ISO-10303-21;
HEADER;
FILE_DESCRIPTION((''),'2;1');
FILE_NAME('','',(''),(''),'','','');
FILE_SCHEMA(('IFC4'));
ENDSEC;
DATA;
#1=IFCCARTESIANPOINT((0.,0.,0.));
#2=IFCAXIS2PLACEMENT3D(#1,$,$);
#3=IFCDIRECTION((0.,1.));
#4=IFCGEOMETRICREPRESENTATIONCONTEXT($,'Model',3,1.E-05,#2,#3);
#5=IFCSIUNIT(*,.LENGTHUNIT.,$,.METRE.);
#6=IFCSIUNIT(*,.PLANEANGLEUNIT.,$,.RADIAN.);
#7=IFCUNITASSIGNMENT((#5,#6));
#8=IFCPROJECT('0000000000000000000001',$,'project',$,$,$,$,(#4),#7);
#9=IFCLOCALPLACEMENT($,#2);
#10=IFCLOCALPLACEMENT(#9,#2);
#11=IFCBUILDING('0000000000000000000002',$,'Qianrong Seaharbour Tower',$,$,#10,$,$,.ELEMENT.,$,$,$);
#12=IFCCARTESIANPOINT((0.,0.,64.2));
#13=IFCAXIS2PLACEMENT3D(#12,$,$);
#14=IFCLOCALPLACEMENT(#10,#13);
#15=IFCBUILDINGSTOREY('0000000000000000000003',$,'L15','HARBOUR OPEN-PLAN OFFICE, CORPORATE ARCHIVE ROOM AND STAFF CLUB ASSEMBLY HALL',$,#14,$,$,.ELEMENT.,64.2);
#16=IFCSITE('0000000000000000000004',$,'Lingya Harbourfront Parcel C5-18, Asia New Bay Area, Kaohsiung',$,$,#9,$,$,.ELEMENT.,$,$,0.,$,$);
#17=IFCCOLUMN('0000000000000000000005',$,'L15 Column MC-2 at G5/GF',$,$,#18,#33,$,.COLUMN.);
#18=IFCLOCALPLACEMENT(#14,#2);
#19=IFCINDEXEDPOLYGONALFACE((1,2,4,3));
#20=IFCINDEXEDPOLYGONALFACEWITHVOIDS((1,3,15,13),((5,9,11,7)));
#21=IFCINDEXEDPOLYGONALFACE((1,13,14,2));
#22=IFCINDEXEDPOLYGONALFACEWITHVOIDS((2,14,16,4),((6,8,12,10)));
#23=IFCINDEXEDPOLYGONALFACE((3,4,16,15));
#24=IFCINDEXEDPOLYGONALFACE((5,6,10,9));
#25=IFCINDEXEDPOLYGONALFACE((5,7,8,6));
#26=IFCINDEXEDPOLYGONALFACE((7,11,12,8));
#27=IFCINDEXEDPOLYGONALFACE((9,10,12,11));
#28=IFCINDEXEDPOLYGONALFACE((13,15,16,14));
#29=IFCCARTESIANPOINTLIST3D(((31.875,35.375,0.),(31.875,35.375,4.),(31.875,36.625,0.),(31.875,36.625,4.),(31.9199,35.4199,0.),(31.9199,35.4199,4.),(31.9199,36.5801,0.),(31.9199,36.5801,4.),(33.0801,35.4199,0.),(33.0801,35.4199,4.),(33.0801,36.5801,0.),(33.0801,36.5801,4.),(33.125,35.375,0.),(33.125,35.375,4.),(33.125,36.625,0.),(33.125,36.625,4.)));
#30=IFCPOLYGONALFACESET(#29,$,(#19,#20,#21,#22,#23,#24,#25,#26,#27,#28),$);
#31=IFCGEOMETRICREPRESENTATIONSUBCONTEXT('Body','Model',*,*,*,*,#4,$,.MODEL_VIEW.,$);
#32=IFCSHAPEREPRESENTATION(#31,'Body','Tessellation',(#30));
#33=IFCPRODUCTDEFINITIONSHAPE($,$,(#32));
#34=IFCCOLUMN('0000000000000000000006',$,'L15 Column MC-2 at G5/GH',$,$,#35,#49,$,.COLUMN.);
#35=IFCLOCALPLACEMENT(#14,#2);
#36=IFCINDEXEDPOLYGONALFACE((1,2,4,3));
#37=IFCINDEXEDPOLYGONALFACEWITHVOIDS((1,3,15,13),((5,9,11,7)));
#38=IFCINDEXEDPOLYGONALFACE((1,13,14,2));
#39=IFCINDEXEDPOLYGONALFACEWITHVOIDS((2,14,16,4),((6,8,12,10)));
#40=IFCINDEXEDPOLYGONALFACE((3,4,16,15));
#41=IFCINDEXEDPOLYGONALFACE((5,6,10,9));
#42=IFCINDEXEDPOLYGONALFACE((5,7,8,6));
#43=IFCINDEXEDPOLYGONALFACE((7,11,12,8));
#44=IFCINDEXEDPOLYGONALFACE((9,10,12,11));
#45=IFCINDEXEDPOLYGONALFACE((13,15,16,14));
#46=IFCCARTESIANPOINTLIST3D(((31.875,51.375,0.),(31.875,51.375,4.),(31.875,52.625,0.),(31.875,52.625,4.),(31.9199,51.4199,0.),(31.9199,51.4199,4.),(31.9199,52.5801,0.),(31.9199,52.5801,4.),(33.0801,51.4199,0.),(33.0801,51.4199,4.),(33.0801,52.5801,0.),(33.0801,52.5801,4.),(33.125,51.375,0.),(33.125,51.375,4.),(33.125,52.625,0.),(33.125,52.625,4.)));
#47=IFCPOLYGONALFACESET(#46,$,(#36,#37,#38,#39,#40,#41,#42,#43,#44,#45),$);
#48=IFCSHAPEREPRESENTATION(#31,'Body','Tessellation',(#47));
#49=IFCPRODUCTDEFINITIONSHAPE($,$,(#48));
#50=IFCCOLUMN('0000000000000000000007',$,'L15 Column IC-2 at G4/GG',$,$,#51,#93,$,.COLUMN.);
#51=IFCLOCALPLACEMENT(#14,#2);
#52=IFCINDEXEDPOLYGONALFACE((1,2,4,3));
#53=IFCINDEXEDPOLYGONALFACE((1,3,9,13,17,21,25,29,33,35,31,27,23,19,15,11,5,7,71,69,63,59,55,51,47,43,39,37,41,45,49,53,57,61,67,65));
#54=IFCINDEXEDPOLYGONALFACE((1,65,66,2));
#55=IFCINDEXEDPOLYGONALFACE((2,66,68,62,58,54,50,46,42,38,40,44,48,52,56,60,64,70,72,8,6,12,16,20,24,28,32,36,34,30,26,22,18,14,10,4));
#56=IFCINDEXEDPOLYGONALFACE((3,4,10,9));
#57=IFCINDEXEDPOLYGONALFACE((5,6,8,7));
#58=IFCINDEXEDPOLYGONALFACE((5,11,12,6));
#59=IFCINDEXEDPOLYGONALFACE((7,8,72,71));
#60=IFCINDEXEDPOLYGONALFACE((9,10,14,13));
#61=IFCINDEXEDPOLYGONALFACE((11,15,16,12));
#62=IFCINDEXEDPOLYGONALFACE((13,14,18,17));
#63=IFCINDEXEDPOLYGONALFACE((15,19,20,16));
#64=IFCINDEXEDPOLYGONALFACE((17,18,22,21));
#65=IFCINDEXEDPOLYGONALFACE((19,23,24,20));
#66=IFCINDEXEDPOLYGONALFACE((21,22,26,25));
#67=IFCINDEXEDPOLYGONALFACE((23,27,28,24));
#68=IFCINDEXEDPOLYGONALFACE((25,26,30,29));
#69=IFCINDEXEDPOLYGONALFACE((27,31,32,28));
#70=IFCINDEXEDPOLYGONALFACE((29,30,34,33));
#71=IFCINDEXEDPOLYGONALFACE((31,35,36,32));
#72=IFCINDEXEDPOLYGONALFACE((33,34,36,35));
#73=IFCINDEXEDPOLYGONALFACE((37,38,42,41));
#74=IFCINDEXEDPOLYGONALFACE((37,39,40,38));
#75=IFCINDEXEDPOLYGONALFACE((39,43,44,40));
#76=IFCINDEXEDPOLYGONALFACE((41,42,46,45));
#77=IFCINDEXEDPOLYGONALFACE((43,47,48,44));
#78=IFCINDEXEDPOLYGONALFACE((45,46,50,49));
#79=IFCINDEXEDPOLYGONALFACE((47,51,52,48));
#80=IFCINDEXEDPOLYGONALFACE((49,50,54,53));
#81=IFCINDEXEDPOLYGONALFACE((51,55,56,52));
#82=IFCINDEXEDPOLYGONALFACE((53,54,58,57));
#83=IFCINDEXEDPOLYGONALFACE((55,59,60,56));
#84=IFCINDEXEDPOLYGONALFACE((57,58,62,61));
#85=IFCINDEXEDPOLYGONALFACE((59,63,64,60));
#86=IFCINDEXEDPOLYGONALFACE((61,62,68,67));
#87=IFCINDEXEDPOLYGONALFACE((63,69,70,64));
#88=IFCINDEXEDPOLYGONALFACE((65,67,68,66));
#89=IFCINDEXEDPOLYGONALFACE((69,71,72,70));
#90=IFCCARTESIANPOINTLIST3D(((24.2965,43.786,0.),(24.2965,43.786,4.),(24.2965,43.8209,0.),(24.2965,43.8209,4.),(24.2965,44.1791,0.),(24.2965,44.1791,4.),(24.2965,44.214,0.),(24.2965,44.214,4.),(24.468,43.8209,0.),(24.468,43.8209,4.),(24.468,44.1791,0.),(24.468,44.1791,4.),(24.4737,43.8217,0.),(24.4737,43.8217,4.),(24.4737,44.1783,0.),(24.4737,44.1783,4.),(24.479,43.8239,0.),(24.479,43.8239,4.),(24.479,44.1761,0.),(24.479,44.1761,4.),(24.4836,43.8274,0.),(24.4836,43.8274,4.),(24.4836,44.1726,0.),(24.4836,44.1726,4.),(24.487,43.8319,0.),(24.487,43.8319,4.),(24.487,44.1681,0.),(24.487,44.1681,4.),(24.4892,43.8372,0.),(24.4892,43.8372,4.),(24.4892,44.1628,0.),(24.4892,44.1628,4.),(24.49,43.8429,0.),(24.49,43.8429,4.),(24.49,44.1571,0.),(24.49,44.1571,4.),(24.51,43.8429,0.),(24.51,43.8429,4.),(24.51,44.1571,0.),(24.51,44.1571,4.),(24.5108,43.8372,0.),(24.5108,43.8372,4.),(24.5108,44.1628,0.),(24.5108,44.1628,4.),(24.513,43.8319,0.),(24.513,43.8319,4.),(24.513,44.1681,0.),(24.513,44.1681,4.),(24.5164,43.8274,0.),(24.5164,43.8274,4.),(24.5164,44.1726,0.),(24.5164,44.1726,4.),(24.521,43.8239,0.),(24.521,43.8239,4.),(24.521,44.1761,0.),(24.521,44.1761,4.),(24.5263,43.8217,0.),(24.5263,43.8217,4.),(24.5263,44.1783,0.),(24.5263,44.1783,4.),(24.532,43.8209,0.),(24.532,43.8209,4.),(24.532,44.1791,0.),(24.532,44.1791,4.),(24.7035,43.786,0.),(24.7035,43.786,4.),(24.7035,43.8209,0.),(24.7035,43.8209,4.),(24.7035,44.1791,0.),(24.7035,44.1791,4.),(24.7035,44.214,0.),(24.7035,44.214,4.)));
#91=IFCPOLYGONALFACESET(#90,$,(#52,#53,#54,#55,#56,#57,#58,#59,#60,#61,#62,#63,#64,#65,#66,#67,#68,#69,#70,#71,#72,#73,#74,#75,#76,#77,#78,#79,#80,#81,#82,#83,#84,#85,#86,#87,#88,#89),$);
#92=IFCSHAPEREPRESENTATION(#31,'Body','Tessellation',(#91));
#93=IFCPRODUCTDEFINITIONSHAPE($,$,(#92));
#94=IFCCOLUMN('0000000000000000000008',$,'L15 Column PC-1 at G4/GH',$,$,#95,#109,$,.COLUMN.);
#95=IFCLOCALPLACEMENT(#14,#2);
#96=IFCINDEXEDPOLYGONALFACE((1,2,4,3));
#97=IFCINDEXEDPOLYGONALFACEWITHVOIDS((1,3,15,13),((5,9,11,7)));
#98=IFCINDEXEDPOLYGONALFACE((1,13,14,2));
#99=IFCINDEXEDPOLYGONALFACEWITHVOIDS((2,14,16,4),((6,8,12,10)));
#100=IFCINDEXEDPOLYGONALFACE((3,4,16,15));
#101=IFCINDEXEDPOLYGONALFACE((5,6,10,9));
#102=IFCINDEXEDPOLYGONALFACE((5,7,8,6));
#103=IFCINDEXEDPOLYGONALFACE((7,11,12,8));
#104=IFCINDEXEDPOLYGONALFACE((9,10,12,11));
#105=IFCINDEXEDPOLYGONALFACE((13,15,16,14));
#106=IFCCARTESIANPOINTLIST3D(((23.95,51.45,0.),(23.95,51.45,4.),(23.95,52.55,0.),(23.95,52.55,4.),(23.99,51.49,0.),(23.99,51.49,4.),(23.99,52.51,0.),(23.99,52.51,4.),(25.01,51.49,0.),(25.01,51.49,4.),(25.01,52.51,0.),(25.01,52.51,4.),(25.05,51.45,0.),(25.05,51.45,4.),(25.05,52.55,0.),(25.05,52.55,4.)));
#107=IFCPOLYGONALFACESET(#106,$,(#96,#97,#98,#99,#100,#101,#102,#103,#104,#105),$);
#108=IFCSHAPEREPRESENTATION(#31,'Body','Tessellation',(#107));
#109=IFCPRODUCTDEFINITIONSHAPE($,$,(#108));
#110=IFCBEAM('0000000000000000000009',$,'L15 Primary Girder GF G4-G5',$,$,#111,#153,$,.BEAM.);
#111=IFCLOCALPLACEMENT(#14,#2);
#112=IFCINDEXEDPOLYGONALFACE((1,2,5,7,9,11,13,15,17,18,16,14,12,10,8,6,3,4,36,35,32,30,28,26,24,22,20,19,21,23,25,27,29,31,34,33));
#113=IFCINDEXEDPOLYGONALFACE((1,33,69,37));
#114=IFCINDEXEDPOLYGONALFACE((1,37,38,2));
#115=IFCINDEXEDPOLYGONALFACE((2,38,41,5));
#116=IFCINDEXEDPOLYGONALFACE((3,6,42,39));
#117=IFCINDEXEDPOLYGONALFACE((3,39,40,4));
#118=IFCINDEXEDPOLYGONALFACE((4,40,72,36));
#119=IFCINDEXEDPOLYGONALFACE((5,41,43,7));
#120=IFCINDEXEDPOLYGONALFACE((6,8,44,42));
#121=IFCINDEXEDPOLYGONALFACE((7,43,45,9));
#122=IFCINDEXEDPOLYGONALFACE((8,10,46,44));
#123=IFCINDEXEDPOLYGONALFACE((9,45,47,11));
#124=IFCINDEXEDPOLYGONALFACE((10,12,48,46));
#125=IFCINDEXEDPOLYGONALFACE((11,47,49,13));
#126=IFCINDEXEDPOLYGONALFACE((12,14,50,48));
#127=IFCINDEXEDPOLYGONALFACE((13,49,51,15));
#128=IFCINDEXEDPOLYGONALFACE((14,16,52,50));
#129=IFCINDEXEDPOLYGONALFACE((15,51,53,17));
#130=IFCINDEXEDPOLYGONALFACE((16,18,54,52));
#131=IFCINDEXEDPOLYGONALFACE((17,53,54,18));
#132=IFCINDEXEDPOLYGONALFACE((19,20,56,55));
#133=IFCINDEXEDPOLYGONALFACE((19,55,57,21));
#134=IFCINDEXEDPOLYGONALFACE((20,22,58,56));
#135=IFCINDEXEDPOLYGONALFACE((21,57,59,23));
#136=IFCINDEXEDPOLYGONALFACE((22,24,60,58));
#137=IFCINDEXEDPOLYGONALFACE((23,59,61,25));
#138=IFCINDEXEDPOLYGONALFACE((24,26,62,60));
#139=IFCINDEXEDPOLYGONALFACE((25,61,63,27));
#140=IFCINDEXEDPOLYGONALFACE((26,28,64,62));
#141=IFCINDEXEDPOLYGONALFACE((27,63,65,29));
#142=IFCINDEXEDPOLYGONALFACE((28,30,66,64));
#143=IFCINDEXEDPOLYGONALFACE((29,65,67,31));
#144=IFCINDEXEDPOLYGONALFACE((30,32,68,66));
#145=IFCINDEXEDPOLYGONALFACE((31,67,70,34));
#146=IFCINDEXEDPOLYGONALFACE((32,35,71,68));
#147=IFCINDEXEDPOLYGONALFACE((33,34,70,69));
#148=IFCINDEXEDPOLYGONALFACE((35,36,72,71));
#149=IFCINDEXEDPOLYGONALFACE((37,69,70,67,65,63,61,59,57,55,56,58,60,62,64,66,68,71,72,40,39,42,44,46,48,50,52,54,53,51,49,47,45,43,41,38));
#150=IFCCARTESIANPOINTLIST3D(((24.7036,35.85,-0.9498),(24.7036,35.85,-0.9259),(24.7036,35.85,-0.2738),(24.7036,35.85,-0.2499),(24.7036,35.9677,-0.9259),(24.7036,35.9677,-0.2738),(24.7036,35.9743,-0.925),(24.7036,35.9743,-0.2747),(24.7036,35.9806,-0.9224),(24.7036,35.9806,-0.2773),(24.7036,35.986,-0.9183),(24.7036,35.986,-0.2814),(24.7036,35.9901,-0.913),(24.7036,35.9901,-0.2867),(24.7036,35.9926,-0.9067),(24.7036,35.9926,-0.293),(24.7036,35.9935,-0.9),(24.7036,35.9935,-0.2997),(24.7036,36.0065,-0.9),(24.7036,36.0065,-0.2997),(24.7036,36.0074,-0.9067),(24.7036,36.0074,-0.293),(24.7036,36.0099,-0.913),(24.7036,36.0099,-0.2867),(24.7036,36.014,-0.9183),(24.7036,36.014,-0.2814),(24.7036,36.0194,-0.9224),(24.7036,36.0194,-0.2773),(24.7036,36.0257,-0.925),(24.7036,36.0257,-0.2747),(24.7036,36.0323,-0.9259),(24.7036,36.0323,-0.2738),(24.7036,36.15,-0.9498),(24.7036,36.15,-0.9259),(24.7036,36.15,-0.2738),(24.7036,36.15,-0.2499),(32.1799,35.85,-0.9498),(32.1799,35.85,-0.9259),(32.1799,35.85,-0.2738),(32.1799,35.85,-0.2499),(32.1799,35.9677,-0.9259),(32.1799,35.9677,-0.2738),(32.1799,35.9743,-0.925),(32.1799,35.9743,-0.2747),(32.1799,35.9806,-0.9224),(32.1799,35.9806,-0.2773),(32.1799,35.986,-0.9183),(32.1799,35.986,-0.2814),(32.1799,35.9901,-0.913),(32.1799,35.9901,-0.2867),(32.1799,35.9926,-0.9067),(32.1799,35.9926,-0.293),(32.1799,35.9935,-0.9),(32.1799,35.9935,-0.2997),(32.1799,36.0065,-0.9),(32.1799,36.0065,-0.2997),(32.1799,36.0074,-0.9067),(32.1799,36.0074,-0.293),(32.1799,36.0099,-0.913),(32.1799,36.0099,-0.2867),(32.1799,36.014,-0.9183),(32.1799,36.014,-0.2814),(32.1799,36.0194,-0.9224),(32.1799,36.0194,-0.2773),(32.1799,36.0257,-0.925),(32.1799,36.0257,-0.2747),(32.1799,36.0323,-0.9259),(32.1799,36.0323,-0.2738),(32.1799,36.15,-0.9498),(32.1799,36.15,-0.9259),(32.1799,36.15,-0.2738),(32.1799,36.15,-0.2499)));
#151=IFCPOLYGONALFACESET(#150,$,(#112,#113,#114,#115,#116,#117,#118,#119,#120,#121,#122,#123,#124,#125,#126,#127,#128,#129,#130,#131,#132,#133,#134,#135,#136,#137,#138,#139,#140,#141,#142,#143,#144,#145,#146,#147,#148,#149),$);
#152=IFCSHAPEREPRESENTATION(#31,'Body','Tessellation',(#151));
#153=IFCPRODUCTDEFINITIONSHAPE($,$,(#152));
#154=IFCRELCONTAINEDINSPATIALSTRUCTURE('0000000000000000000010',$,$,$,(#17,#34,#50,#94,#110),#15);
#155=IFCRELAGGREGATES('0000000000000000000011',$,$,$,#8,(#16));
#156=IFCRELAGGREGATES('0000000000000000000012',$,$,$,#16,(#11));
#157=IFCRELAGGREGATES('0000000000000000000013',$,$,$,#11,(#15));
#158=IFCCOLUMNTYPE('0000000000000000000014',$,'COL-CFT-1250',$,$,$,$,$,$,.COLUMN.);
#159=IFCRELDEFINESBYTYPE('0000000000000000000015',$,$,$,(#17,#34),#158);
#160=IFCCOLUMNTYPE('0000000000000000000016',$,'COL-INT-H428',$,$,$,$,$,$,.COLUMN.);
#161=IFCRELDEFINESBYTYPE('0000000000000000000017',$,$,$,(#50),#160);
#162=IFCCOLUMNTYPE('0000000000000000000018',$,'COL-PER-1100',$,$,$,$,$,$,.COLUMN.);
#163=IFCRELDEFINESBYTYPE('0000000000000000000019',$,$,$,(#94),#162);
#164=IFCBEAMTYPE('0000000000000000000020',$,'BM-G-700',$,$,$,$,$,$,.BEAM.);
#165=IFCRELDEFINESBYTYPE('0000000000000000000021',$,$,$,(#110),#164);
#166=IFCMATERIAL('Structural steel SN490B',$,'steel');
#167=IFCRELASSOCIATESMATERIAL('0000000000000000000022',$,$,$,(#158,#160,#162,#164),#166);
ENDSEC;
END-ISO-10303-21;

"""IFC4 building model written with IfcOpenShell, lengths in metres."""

from ifc_helpers import new_model, si_unit, direction, frame, origin, origin_2d, place, context, subcontext, project, spatial, hollow_rectangle, i_section, extrude, material, material_profile, profile_set, type_object, element, save


model = new_model("IFC4")

# Units and contexts
model_context = context("Model", 3, precision=1e-05, world=origin(), true_north=direction((0.0, 1.0)))
body_context = subcontext(model_context, "Body", "Model", "MODEL_VIEW")
ifc_project = project(units=[si_unit("LENGTHUNIT", "METRE"), si_unit("PLANEANGLEUNIT", "RADIAN")], contexts=[model_context])

# Site, building, storey
site_placement = place(None, origin())
site = spatial("IfcSite", under=ifc_project, at=site_placement, Name="Lingya Harbourfront Parcel C5-18, Asia New Bay Area, Kaohsiung", CompositionType="ELEMENT", RefElevation=0.0)
building_placement = place(site_placement, origin())
building = spatial("IfcBuilding", under=site, at=building_placement, Name="Qianrong Seaharbour Tower", CompositionType="ELEMENT")
storey_placement = place(building_placement, frame((0.0, 0.0, 64.2)))
storey = spatial("IfcBuildingStorey", under=building, at=storey_placement, Name="L15", Description="HARBOUR OPEN-PLAN OFFICE, CORPORATE ARCHIVE ROOM AND STAFF CLUB ASSEMBLY HALL", CompositionType="ELEMENT", Elevation=64.2)

# Columns
ifc_material_1 = material(Name="Structural steel SN490B", Category="steel")
ifc_material_profile_1 = material_profile(ifc_material_1, hollow_rectangle(XDim=1.25, YDim=1.25, WallThickness=0.0449, at=origin_2d()), Name="BOX1250x1250x45")
ifc_profile_set_1 = profile_set([ifc_material_profile_1], Name="Structural steel SN490B")
column_type_1 = type_object("IfcColumnType", Name="COL-CFT-1250", PredefinedType="COLUMN", material=ifc_profile_set_1)
for number, where, z_axis, x_axis, name in (
    (1, (32.5, 36.0, 0.0), (0.0, 0.0, 1.0), (1.0, 0.0, 0.0), "L15 Column MC-2 at G5/GF"),
    (2, (32.5, 52.0, 0.0), (0.0, 0.0, 1.0), (1.0, 0.0, 0.0), "L15 Column MC-2 at G5/GH"),
):
    element("IfcColumn", number, at=place(storey_placement, frame(where, z_axis=z_axis, x_axis=x_axis)), inside=storey, type_object=column_type_1, Name=name, PredefinedType="COLUMN", context=body_context, shape_type="SweptSolid", body=[
        extrude(hollow_rectangle(XDim=1.25, YDim=1.25, WallThickness=0.0449, at=origin_2d()), origin(), (0.0, 0.0, 1.0), 4.0),
    ])
ifc_material_profile_2 = material_profile(ifc_material_1, i_section(OverallWidth=0.407, OverallDepth=0.428, WebThickness=0.02, FlangeThickness=0.0349, FilletRadius=0.022, at=origin_2d()), Name="H428x407x20x35")
ifc_profile_set_2 = profile_set([ifc_material_profile_2], Name="Structural steel SN490B")
column_type_2 = type_object("IfcColumnType", Name="COL-INT-H428", PredefinedType="COLUMN", material=ifc_profile_set_2)
column_1_placement = place(storey_placement, frame((24.5, 44.0, 0.0), z_axis=(0.0, 0.0, 1.0), x_axis=(1.0, 0.0, 0.0)))
element("IfcColumn", 3, at=column_1_placement, inside=storey, type_object=column_type_2, Name="L15 Column IC-2 at G4/GG", PredefinedType="COLUMN", context=body_context, shape_type="SweptSolid", body=[
    extrude(i_section(OverallWidth=0.407, OverallDepth=0.428, WebThickness=0.02, FlangeThickness=0.0349, FilletRadius=0.022, at=origin_2d()), origin(), (0.0, 0.0, 1.0), 4.0),
])
ifc_material_profile_3 = material_profile(ifc_material_1, hollow_rectangle(XDim=1.1001, YDim=1.1001, WallThickness=0.04, at=origin_2d()), Name="BOX1100x1100x40")
ifc_profile_set_3 = profile_set([ifc_material_profile_3], Name="Structural steel SN490B")
column_type_3 = type_object("IfcColumnType", Name="COL-PER-1100", PredefinedType="COLUMN", material=ifc_profile_set_3)
column_2_placement = place(storey_placement, frame((24.5, 52.0, 0.0), z_axis=(0.0, 0.0, 1.0), x_axis=(1.0, 0.0, 0.0)))
element("IfcColumn", 4, at=column_2_placement, inside=storey, type_object=column_type_3, Name="L15 Column PC-1 at G4/GH", PredefinedType="COLUMN", context=body_context, shape_type="SweptSolid", body=[
    extrude(hollow_rectangle(XDim=1.1001, YDim=1.1001, WallThickness=0.04, at=origin_2d()), origin(), (0.0, 0.0, 1.0), 4.0),
])

# Beam
ifc_material_profile_4 = material_profile(ifc_material_1, i_section(OverallWidth=0.3, OverallDepth=0.7, WebThickness=0.0129, FlangeThickness=0.0239, FilletRadius=0.0259, at=origin_2d()), Name="H700x300x13x24")
ifc_profile_set_4 = profile_set([ifc_material_profile_4], Name="Structural steel SN490B")
beam_type_1 = type_object("IfcBeamType", Name="BM-G-700", PredefinedType="BEAM", material=ifc_profile_set_4)
beam_1_placement = place(storey_placement, frame((24.7036, 36.0, -0.5999), z_axis=(1.0, 0.0, 0.0), x_axis=(0.0, 1.0, 0.0)))
element("IfcBeam", 5, at=beam_1_placement, inside=storey, type_object=beam_type_1, Name="L15 Primary Girder GF G4-G5", PredefinedType="BEAM", context=body_context, shape_type="SweptSolid", body=[
    extrude(i_section(OverallWidth=0.3, OverallDepth=0.7, WebThickness=0.0129, FlangeThickness=0.0239, FilletRadius=0.0259, at=origin_2d()), origin(), (0.0, 0.0, 1.0), 7.4763),
])

save(model, "model.ifc")
